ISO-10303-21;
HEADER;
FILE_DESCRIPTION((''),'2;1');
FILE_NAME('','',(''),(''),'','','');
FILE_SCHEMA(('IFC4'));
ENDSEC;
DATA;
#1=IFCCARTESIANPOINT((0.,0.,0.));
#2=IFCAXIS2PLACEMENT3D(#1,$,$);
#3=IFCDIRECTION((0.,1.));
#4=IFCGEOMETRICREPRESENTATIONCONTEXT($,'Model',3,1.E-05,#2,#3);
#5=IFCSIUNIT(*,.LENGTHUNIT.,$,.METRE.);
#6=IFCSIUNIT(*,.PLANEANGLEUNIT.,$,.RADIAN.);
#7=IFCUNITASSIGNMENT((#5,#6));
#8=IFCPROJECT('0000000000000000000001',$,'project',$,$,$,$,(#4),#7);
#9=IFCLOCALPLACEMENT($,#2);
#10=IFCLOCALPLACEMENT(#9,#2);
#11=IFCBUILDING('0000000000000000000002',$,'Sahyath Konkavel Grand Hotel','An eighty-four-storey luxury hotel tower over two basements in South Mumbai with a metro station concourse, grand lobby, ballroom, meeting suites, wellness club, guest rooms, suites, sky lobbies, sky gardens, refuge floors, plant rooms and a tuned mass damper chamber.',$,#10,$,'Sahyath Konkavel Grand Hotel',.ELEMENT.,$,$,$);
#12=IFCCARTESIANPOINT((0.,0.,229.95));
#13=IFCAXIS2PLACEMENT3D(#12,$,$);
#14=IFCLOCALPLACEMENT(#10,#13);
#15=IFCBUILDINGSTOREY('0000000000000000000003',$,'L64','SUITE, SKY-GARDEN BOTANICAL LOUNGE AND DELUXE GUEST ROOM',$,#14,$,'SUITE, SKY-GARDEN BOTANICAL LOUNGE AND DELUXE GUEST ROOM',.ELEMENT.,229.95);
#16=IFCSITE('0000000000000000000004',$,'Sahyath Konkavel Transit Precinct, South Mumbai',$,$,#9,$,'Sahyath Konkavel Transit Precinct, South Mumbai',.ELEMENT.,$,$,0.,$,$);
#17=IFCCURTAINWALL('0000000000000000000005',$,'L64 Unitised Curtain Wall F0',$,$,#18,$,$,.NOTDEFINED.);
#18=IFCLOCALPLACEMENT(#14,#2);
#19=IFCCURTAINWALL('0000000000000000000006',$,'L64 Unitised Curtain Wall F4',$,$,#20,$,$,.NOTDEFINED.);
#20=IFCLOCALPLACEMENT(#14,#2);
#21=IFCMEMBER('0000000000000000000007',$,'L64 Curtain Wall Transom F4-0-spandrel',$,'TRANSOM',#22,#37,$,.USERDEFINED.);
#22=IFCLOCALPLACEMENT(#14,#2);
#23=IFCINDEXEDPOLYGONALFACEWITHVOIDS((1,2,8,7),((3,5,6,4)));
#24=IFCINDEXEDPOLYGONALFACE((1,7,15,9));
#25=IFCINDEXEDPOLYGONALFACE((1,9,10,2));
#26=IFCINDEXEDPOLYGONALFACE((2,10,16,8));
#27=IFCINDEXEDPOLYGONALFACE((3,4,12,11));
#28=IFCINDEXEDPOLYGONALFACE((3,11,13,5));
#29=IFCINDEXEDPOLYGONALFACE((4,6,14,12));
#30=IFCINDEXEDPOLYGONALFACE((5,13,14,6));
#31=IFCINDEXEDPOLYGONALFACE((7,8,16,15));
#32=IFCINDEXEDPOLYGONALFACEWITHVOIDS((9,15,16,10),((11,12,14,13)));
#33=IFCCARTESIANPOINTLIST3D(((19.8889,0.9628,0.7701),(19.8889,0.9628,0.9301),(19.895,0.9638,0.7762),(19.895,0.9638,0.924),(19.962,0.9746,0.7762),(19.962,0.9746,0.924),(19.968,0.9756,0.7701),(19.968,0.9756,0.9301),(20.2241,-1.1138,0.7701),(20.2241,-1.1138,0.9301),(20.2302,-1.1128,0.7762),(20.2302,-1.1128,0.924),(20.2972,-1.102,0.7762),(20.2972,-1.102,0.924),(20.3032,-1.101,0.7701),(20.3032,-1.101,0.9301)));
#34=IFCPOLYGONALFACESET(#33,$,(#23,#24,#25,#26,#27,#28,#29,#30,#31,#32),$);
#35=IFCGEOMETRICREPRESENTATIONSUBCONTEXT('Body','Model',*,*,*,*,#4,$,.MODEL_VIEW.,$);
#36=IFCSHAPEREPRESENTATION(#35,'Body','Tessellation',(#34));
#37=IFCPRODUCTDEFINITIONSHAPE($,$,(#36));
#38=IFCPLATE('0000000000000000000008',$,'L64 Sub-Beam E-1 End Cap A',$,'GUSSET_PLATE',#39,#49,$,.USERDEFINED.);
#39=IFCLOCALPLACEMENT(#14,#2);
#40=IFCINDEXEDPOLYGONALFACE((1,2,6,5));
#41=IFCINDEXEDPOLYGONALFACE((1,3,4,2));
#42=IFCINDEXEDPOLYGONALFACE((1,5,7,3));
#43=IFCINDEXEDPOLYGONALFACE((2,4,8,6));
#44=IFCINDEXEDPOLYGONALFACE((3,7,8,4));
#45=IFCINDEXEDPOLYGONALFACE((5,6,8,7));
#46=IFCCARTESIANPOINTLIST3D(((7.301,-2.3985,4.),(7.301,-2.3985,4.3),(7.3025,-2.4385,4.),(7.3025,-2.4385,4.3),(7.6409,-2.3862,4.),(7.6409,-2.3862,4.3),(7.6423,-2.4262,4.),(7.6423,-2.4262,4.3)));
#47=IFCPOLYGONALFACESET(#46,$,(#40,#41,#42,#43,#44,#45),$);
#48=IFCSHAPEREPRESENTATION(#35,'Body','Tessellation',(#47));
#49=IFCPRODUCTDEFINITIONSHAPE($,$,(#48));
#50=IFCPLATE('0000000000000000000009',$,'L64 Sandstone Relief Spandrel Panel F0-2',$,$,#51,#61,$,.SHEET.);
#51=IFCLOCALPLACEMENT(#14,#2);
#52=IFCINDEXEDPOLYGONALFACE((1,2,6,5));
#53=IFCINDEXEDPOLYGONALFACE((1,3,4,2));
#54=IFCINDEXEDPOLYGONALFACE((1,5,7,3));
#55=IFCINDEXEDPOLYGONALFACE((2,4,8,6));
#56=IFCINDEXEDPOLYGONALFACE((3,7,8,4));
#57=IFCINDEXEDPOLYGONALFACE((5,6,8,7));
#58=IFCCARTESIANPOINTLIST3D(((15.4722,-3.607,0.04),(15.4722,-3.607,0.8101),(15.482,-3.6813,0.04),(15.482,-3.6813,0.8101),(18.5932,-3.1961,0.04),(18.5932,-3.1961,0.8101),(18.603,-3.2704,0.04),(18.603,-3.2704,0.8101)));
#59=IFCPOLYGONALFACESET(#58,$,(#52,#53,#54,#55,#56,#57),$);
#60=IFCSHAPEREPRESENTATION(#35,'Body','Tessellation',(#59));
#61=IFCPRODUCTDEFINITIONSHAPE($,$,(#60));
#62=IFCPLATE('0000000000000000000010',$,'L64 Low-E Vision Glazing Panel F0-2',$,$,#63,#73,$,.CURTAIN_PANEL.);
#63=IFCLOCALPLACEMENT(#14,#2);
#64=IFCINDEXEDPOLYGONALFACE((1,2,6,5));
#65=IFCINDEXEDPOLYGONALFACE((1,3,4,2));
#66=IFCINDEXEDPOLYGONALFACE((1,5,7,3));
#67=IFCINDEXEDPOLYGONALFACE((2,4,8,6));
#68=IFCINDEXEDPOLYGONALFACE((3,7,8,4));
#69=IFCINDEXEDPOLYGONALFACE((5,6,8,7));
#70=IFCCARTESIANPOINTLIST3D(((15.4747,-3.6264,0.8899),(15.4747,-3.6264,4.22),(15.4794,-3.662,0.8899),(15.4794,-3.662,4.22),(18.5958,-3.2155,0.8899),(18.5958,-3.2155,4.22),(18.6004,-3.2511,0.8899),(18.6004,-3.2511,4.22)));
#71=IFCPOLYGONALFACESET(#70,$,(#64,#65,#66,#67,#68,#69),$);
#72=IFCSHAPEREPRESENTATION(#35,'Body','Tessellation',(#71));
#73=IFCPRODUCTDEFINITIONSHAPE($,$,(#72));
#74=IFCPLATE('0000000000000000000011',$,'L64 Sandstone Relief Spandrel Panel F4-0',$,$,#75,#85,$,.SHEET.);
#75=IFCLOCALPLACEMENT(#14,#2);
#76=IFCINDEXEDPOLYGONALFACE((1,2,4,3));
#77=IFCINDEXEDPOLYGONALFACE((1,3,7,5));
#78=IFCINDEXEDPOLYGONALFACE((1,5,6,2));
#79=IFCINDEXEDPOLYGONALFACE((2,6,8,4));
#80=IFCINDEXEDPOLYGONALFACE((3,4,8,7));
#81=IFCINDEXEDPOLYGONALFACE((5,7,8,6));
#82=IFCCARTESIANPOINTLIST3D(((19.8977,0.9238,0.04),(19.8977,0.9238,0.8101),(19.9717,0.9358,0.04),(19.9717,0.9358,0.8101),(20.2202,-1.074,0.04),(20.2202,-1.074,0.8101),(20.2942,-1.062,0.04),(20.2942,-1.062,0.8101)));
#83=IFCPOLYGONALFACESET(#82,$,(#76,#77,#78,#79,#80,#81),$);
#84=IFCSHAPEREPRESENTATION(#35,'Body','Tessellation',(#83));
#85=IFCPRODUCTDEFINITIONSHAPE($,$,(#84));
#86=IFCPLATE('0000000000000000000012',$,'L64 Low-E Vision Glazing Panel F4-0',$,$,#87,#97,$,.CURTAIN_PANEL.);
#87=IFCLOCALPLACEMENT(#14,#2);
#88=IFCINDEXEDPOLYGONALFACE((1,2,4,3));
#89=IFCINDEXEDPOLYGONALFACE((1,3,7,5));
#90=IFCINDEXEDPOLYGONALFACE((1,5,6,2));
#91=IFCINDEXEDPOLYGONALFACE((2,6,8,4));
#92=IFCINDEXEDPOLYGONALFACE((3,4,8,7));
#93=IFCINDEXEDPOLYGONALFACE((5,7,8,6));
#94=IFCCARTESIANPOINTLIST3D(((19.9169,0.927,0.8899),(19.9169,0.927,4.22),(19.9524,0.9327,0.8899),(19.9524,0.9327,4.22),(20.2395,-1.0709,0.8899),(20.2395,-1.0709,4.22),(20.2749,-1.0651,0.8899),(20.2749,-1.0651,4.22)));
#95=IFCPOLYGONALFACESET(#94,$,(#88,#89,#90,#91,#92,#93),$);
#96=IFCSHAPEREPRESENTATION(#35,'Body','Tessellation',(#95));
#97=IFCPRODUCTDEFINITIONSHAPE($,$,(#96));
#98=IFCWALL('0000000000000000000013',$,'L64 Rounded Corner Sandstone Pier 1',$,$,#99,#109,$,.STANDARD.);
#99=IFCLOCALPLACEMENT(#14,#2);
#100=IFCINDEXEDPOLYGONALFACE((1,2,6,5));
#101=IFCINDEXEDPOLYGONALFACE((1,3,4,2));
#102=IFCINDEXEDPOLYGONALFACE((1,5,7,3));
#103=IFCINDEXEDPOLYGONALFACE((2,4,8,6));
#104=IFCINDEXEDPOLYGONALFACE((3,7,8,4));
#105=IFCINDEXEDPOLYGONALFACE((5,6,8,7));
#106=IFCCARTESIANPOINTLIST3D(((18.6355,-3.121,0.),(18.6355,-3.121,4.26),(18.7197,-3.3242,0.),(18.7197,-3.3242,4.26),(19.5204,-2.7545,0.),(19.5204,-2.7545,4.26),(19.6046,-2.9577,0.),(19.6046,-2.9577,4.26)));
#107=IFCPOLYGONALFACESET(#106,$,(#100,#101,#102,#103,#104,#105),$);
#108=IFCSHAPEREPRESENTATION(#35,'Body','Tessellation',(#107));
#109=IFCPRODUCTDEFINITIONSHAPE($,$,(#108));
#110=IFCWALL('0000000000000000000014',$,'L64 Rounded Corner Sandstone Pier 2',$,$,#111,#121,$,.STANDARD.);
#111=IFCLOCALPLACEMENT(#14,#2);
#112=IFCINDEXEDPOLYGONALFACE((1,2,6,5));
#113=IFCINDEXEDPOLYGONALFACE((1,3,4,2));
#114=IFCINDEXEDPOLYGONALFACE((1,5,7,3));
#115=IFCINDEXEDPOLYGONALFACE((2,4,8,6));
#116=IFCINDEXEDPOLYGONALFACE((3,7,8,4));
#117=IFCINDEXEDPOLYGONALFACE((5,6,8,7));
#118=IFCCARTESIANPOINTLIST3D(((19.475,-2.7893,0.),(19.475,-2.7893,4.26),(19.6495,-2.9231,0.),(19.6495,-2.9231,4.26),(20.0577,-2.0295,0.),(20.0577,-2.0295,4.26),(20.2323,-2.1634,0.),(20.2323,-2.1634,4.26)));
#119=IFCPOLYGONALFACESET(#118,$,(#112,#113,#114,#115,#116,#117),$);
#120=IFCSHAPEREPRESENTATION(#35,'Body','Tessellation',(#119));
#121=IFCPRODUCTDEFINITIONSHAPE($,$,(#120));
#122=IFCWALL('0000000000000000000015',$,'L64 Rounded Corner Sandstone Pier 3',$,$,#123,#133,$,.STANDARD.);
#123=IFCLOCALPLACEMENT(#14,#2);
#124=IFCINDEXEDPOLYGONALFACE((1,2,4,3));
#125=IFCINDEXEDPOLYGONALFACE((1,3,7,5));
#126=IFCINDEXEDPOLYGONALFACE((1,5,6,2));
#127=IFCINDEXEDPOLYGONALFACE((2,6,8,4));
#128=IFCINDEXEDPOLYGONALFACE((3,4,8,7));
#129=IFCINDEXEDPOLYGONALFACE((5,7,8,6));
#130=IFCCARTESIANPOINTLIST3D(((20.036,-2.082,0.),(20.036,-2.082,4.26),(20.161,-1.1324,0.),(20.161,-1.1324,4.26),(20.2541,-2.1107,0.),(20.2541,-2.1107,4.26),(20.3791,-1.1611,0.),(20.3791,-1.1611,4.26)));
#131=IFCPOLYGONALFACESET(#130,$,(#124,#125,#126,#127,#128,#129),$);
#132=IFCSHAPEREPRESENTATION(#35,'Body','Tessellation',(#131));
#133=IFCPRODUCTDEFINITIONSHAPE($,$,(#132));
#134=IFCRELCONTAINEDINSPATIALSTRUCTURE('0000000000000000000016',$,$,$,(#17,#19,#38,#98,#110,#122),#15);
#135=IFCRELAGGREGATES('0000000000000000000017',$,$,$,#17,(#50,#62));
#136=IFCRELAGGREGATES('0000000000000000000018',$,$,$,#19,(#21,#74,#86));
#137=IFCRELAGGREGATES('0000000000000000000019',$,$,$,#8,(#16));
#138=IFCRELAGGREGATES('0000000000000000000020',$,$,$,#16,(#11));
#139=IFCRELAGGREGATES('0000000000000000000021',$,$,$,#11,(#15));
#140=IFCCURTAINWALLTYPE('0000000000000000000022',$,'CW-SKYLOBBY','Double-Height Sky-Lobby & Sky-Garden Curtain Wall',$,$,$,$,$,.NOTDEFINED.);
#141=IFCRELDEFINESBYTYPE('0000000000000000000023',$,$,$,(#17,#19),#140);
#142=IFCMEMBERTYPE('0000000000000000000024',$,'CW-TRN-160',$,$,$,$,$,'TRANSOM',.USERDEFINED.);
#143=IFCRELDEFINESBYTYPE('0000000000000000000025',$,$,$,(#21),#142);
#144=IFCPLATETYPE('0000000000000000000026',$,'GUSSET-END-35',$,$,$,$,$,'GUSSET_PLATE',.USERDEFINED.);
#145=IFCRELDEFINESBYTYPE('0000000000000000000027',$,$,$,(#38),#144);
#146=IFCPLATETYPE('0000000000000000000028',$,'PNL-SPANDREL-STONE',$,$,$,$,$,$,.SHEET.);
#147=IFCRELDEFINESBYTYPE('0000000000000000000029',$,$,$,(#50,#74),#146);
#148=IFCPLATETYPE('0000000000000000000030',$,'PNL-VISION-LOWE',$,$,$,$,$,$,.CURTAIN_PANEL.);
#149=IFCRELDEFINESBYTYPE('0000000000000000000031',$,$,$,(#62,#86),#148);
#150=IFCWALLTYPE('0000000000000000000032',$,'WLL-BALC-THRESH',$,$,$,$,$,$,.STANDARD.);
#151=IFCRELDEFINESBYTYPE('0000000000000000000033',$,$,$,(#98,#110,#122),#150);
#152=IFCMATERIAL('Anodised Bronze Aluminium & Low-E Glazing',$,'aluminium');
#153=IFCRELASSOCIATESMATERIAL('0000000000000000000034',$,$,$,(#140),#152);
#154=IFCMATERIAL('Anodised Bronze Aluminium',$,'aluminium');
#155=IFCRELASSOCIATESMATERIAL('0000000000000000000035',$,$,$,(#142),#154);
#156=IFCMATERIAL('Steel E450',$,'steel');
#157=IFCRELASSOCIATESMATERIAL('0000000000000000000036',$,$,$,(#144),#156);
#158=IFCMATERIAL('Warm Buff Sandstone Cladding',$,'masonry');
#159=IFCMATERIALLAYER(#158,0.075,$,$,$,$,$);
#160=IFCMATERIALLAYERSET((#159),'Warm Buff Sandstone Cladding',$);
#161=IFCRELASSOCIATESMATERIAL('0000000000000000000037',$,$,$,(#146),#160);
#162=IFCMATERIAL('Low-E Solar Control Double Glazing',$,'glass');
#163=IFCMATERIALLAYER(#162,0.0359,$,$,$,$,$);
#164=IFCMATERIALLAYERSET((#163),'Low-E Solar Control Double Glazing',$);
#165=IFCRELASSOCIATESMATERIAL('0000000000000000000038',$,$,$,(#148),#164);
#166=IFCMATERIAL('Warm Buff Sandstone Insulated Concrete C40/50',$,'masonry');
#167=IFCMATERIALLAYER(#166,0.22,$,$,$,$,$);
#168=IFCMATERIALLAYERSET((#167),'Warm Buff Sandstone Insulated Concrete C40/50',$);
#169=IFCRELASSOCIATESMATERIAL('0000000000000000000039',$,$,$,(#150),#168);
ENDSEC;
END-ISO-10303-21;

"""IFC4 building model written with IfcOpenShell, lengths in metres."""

from ifc_helpers import new_model, si_unit, direction, frame, frame_2d, origin, origin_2d, place, context, subcontext, project, spatial, rectangle, hollow_rectangle, extrude, source, transform, mapped, material, layer, layer_set, material_profile, profile_set, type_object, element, aggregate, save


model = new_model("IFC4")

# Units and contexts
model_context = context("Model", 3, precision=1e-05, world=origin(), true_north=direction((0.0, 1.0)))
body_context = subcontext(model_context, "Body", "Model", "MODEL_VIEW")
ifc_project = project(units=[si_unit("LENGTHUNIT", "METRE"), si_unit("PLANEANGLEUNIT", "RADIAN")], contexts=[model_context])

# Site, building, storey
site_placement = place(None, origin())
site = spatial("IfcSite", under=ifc_project, at=site_placement, Name="Sahyath Konkavel Transit Precinct, South Mumbai", LongName="Sahyath Konkavel Transit Precinct, South Mumbai", CompositionType="ELEMENT", RefElevation=0.0)
building_placement = place(site_placement, origin())
building = spatial("IfcBuilding", under=site, at=building_placement, Name="Sahyath Konkavel Grand Hotel", Description="An eighty-four-storey luxury hotel tower over two basements in South Mumbai with a metro station concourse, grand lobby, ballroom, meeting suites, wellness club, guest rooms, suites, sky lobbies, sky gardens, refuge floors, plant rooms and a tuned mass damper chamber.", LongName="Sahyath Konkavel Grand Hotel", CompositionType="ELEMENT")
storey_placement = place(building_placement, frame((0.0, 0.0, 229.95)))
storey = spatial("IfcBuildingStorey", under=building, at=storey_placement, Name="L64", Description="SUITE, SKY-GARDEN BOTANICAL LOUNGE AND DELUXE GUEST ROOM", LongName="SUITE, SKY-GARDEN BOTANICAL LOUNGE AND DELUXE GUEST ROOM", CompositionType="ELEMENT", Elevation=229.95)

# Curtain wall
ifc_material_1 = material(Name="Anodised Bronze Aluminium & Low-E Glazing", Category="aluminium")
curtain_wall_type = type_object("IfcCurtainWallType", Name="CW-SKYLOBBY", Description="Double-Height Sky-Lobby & Sky-Garden Curtain Wall", PredefinedType="NOTDEFINED", material=ifc_material_1)
curtain_wall_1_placement = place(storey_placement, origin())
curtain_wall_1 = element("IfcCurtainWall", 1, at=curtain_wall_1_placement, inside=storey, type_object=curtain_wall_type, Name="L64 Unitised Curtain Wall F0", PredefinedType="NOTDEFINED")
ifc_material_2 = material(Name="Anodised Bronze Aluminium", Category="aluminium")

# Curtain wall
curtain_wall_2_placement = place(storey_placement, origin())
curtain_wall_2 = element("IfcCurtainWall", 2, at=curtain_wall_2_placement, inside=storey, type_object=curtain_wall_type, Name="L64 Unitised Curtain Wall F4", PredefinedType="NOTDEFINED")

# Member
ifc_material_profile_1 = material_profile(ifc_material_2, hollow_rectangle(XDim=0.0801, YDim=0.1599, WallThickness=0.0061, at=origin_2d()), Name="RHS 160x80x6")
ifc_profile_set_1 = profile_set([ifc_material_profile_1], Name="Anodised Bronze Aluminium")
member_type_1 = type_object("IfcMemberType", Name="CW-TRN-160", ElementType="TRANSOM", PredefinedType="USERDEFINED", material=ifc_profile_set_1)
shared_shape_1 = source(origin(), body_context, "Body", "SweptSolid", [
    extrude(hollow_rectangle(XDim=0.0801, YDim=0.1599, WallThickness=0.0061, at=origin_2d()), origin(), (0.0, 0.0, 1.0), 2.1035),
])
member_1_placement = place(storey_placement, frame((20.2637, -1.1074, 0.8501), z_axis=(-0.159353, 0.987222, 0.0), x_axis=(-0.987222, -0.159353, 0.0)))
member_1 = element("IfcMember", 3, at=member_1_placement, type_object=member_type_1, Name="L64 Curtain Wall Transom F4-0-spandrel", ObjectType="TRANSOM", PredefinedType="USERDEFINED", context=body_context, shape_type="MappedRepresentation", body=[
    mapped(shared_shape_1, transform((0.0, 0.0, 0.0), scale=1.0)),
])

# Plates
ifc_material_3 = material(Name="Steel E450", Category="steel")
plate_type_1 = type_object("IfcPlateType", Name="GUSSET-END-35", ElementType="GUSSET_PLATE", PredefinedType="USERDEFINED", material=ifc_material_3)
shared_shape_2 = source(origin(), body_context, "Body", "SweptSolid", [
    extrude(rectangle(XDim=0.04, YDim=0.3401, at=origin_2d()), origin(), (0.0, 0.0, 1.0), 0.3),
])
plate_1_placement = place(storey_placement, frame((7.4717, -2.4124, 4.0), z_axis=(0.0, 0.0, 1.0), x_axis=(-0.035981, 0.999352, 0.0)))
element("IfcPlate", 4, at=plate_1_placement, inside=storey, type_object=plate_type_1, Name="L64 Sub-Beam E-1 End Cap A", ObjectType="GUSSET_PLATE", PredefinedType="USERDEFINED", context=body_context, shape_type="MappedRepresentation", body=[
    mapped(shared_shape_2, transform((0.0, 0.0, 0.0), scale=1.0)),
])
ifc_material_4 = material(Name="Warm Buff Sandstone Cladding", Category="masonry")
ifc_layer_1 = layer(ifc_material_4, 0.075)
ifc_layer_set_1 = layer_set([ifc_layer_1], Name="Warm Buff Sandstone Cladding")
plate_type_2 = type_object("IfcPlateType", Name="PNL-SPANDREL-STONE", PredefinedType="SHEET", material=ifc_layer_set_1)
shared_shape_3 = source(origin(), body_context, "Body", "SweptSolid", [
    extrude(rectangle(XDim=3.1479, YDim=0.075, at=origin_2d()), origin(), (0.0, 0.0, 1.0), 0.77),
])
plate_2_placement = place(storey_placement, frame((17.0376, -3.4387, 0.04), z_axis=(0.0, 0.0, 1.0), x_axis=(0.991445, 0.130526, 0.0)))
plate_2 = element("IfcPlate", 5, at=plate_2_placement, type_object=plate_type_2, Name="L64 Sandstone Relief Spandrel Panel F0-2", PredefinedType="SHEET", context=body_context, shape_type="MappedRepresentation", body=[
    mapped(shared_shape_3, transform((0.0, 0.0, 0.0), scale=1.0)),
])
ifc_material_5 = material(Name="Low-E Solar Control Double Glazing", Category="glass")
ifc_layer_2 = layer(ifc_material_5, 0.0359)
ifc_layer_set_2 = layer_set([ifc_layer_2], Name="Low-E Solar Control Double Glazing")
plate_type_3 = type_object("IfcPlateType", Name="PNL-VISION-LOWE", PredefinedType="CURTAIN_PANEL", material=ifc_layer_set_2)
shared_shape_4 = source(origin(), body_context, "Body", "SweptSolid", [
    extrude(rectangle(XDim=3.1479, YDim=0.0359, at=origin_2d()), origin(), (0.0, 0.0, 1.0), 3.3301),
])
plate_3_placement = place(storey_placement, frame((17.0376, -3.4387, 0.8899), z_axis=(0.0, 0.0, 1.0), x_axis=(0.991445, 0.130526, 0.0)))
plate_3 = element("IfcPlate", 6, at=plate_3_placement, type_object=plate_type_3, Name="L64 Low-E Vision Glazing Panel F0-2", PredefinedType="CURTAIN_PANEL", context=body_context, shape_type="MappedRepresentation", body=[
    mapped(shared_shape_4, transform((0.0, 0.0, 0.0), scale=1.0)),
])
aggregate(curtain_wall_1, [plate_2, plate_3])
shared_shape_5 = source(origin(), body_context, "Body", "SweptSolid", [
    extrude(rectangle(XDim=2.0237, YDim=0.075, at=origin_2d()), origin(), (0.0, 0.0, 1.0), 0.77),
])
plate_4_placement = place(storey_placement, frame((20.0959, -0.0691, 0.04), z_axis=(0.0, 0.0, 1.0), x_axis=(-0.159399, 0.987214, 0.0)))
plate_4 = element("IfcPlate", 7, at=plate_4_placement, type_object=plate_type_2, Name="L64 Sandstone Relief Spandrel Panel F4-0", PredefinedType="SHEET", context=body_context, shape_type="MappedRepresentation", body=[
    mapped(shared_shape_5, transform((0.0, 0.0, 0.0), scale=1.0)),
])
shared_shape_6 = source(origin(), body_context, "Body", "SweptSolid", [
    extrude(rectangle(XDim=2.0237, YDim=0.0359, at=origin_2d()), origin(), (0.0, 0.0, 1.0), 3.3301),
])
plate_5_placement = place(storey_placement, frame((20.0959, -0.0691, 0.8899), z_axis=(0.0, 0.0, 1.0), x_axis=(-0.159399, 0.987214, 0.0)))
plate_5 = element("IfcPlate", 8, at=plate_5_placement, type_object=plate_type_3, Name="L64 Low-E Vision Glazing Panel F4-0", PredefinedType="CURTAIN_PANEL", context=body_context, shape_type="MappedRepresentation", body=[
    mapped(shared_shape_6, transform((0.0, 0.0, 0.0), scale=1.0)),
])
aggregate(curtain_wall_2, [member_1, plate_4, plate_5])

# Walls
ifc_material_6 = material(Name="Warm Buff Sandstone Insulated Concrete C40/50", Category="masonry")
ifc_layer_3 = layer(ifc_material_6, 0.22)
ifc_layer_set_3 = layer_set([ifc_layer_3], Name="Warm Buff Sandstone Insulated Concrete C40/50")
wall_type_1 = type_object("IfcWallType", Name="WLL-BALC-THRESH", PredefinedType="STANDARD", material=ifc_layer_set_3)
wall_1_placement = place(storey_placement, frame((18.6775, -3.2227, 0.0), z_axis=(0.0, 0.0, 1.0), x_axis=(0.923889, 0.38266, 0.0)))
element("IfcWall", 9, at=wall_1_placement, inside=storey, type_object=wall_type_1, Name="L64 Rounded Corner Sandstone Pier 1", PredefinedType="STANDARD", context=body_context, shape_type="SweptSolid", body=[
    extrude(rectangle(XDim=0.9578, YDim=0.22, at=frame_2d((0.479, 0.0))), origin(), (0.0, 0.0, 1.0), 4.26),
])
wall_2_placement = place(storey_placement, frame((19.5623, -2.8562, 0.0), z_axis=(0.0, 0.0, 1.0), x_axis=(0.608614, 0.793467, 0.0)))
element("IfcWall", 10, at=wall_2_placement, inside=storey, type_object=wall_type_1, Name="L64 Rounded Corner Sandstone Pier 2", PredefinedType="STANDARD", context=body_context, shape_type="SweptSolid", body=[
    extrude(rectangle(XDim=0.9575, YDim=0.22, at=frame_2d((0.4788, 0.0))), origin(), (0.0, 0.0, 1.0), 4.26),
])
wall_3_placement = place(storey_placement, frame((20.145, -2.0964, 0.0), z_axis=(0.0, 0.0, 1.0), x_axis=(0.130527, 0.991445, 0.0)))
element("IfcWall", 11, at=wall_3_placement, inside=storey, type_object=wall_type_1, Name="L64 Rounded Corner Sandstone Pier 3", PredefinedType="STANDARD", context=body_context, shape_type="SweptSolid", body=[
    extrude(rectangle(XDim=0.9578, YDim=0.22, at=frame_2d((0.479, 0.0))), origin(), (0.0, 0.0, 1.0), 4.26),
])

save(model, "model.ifc")
